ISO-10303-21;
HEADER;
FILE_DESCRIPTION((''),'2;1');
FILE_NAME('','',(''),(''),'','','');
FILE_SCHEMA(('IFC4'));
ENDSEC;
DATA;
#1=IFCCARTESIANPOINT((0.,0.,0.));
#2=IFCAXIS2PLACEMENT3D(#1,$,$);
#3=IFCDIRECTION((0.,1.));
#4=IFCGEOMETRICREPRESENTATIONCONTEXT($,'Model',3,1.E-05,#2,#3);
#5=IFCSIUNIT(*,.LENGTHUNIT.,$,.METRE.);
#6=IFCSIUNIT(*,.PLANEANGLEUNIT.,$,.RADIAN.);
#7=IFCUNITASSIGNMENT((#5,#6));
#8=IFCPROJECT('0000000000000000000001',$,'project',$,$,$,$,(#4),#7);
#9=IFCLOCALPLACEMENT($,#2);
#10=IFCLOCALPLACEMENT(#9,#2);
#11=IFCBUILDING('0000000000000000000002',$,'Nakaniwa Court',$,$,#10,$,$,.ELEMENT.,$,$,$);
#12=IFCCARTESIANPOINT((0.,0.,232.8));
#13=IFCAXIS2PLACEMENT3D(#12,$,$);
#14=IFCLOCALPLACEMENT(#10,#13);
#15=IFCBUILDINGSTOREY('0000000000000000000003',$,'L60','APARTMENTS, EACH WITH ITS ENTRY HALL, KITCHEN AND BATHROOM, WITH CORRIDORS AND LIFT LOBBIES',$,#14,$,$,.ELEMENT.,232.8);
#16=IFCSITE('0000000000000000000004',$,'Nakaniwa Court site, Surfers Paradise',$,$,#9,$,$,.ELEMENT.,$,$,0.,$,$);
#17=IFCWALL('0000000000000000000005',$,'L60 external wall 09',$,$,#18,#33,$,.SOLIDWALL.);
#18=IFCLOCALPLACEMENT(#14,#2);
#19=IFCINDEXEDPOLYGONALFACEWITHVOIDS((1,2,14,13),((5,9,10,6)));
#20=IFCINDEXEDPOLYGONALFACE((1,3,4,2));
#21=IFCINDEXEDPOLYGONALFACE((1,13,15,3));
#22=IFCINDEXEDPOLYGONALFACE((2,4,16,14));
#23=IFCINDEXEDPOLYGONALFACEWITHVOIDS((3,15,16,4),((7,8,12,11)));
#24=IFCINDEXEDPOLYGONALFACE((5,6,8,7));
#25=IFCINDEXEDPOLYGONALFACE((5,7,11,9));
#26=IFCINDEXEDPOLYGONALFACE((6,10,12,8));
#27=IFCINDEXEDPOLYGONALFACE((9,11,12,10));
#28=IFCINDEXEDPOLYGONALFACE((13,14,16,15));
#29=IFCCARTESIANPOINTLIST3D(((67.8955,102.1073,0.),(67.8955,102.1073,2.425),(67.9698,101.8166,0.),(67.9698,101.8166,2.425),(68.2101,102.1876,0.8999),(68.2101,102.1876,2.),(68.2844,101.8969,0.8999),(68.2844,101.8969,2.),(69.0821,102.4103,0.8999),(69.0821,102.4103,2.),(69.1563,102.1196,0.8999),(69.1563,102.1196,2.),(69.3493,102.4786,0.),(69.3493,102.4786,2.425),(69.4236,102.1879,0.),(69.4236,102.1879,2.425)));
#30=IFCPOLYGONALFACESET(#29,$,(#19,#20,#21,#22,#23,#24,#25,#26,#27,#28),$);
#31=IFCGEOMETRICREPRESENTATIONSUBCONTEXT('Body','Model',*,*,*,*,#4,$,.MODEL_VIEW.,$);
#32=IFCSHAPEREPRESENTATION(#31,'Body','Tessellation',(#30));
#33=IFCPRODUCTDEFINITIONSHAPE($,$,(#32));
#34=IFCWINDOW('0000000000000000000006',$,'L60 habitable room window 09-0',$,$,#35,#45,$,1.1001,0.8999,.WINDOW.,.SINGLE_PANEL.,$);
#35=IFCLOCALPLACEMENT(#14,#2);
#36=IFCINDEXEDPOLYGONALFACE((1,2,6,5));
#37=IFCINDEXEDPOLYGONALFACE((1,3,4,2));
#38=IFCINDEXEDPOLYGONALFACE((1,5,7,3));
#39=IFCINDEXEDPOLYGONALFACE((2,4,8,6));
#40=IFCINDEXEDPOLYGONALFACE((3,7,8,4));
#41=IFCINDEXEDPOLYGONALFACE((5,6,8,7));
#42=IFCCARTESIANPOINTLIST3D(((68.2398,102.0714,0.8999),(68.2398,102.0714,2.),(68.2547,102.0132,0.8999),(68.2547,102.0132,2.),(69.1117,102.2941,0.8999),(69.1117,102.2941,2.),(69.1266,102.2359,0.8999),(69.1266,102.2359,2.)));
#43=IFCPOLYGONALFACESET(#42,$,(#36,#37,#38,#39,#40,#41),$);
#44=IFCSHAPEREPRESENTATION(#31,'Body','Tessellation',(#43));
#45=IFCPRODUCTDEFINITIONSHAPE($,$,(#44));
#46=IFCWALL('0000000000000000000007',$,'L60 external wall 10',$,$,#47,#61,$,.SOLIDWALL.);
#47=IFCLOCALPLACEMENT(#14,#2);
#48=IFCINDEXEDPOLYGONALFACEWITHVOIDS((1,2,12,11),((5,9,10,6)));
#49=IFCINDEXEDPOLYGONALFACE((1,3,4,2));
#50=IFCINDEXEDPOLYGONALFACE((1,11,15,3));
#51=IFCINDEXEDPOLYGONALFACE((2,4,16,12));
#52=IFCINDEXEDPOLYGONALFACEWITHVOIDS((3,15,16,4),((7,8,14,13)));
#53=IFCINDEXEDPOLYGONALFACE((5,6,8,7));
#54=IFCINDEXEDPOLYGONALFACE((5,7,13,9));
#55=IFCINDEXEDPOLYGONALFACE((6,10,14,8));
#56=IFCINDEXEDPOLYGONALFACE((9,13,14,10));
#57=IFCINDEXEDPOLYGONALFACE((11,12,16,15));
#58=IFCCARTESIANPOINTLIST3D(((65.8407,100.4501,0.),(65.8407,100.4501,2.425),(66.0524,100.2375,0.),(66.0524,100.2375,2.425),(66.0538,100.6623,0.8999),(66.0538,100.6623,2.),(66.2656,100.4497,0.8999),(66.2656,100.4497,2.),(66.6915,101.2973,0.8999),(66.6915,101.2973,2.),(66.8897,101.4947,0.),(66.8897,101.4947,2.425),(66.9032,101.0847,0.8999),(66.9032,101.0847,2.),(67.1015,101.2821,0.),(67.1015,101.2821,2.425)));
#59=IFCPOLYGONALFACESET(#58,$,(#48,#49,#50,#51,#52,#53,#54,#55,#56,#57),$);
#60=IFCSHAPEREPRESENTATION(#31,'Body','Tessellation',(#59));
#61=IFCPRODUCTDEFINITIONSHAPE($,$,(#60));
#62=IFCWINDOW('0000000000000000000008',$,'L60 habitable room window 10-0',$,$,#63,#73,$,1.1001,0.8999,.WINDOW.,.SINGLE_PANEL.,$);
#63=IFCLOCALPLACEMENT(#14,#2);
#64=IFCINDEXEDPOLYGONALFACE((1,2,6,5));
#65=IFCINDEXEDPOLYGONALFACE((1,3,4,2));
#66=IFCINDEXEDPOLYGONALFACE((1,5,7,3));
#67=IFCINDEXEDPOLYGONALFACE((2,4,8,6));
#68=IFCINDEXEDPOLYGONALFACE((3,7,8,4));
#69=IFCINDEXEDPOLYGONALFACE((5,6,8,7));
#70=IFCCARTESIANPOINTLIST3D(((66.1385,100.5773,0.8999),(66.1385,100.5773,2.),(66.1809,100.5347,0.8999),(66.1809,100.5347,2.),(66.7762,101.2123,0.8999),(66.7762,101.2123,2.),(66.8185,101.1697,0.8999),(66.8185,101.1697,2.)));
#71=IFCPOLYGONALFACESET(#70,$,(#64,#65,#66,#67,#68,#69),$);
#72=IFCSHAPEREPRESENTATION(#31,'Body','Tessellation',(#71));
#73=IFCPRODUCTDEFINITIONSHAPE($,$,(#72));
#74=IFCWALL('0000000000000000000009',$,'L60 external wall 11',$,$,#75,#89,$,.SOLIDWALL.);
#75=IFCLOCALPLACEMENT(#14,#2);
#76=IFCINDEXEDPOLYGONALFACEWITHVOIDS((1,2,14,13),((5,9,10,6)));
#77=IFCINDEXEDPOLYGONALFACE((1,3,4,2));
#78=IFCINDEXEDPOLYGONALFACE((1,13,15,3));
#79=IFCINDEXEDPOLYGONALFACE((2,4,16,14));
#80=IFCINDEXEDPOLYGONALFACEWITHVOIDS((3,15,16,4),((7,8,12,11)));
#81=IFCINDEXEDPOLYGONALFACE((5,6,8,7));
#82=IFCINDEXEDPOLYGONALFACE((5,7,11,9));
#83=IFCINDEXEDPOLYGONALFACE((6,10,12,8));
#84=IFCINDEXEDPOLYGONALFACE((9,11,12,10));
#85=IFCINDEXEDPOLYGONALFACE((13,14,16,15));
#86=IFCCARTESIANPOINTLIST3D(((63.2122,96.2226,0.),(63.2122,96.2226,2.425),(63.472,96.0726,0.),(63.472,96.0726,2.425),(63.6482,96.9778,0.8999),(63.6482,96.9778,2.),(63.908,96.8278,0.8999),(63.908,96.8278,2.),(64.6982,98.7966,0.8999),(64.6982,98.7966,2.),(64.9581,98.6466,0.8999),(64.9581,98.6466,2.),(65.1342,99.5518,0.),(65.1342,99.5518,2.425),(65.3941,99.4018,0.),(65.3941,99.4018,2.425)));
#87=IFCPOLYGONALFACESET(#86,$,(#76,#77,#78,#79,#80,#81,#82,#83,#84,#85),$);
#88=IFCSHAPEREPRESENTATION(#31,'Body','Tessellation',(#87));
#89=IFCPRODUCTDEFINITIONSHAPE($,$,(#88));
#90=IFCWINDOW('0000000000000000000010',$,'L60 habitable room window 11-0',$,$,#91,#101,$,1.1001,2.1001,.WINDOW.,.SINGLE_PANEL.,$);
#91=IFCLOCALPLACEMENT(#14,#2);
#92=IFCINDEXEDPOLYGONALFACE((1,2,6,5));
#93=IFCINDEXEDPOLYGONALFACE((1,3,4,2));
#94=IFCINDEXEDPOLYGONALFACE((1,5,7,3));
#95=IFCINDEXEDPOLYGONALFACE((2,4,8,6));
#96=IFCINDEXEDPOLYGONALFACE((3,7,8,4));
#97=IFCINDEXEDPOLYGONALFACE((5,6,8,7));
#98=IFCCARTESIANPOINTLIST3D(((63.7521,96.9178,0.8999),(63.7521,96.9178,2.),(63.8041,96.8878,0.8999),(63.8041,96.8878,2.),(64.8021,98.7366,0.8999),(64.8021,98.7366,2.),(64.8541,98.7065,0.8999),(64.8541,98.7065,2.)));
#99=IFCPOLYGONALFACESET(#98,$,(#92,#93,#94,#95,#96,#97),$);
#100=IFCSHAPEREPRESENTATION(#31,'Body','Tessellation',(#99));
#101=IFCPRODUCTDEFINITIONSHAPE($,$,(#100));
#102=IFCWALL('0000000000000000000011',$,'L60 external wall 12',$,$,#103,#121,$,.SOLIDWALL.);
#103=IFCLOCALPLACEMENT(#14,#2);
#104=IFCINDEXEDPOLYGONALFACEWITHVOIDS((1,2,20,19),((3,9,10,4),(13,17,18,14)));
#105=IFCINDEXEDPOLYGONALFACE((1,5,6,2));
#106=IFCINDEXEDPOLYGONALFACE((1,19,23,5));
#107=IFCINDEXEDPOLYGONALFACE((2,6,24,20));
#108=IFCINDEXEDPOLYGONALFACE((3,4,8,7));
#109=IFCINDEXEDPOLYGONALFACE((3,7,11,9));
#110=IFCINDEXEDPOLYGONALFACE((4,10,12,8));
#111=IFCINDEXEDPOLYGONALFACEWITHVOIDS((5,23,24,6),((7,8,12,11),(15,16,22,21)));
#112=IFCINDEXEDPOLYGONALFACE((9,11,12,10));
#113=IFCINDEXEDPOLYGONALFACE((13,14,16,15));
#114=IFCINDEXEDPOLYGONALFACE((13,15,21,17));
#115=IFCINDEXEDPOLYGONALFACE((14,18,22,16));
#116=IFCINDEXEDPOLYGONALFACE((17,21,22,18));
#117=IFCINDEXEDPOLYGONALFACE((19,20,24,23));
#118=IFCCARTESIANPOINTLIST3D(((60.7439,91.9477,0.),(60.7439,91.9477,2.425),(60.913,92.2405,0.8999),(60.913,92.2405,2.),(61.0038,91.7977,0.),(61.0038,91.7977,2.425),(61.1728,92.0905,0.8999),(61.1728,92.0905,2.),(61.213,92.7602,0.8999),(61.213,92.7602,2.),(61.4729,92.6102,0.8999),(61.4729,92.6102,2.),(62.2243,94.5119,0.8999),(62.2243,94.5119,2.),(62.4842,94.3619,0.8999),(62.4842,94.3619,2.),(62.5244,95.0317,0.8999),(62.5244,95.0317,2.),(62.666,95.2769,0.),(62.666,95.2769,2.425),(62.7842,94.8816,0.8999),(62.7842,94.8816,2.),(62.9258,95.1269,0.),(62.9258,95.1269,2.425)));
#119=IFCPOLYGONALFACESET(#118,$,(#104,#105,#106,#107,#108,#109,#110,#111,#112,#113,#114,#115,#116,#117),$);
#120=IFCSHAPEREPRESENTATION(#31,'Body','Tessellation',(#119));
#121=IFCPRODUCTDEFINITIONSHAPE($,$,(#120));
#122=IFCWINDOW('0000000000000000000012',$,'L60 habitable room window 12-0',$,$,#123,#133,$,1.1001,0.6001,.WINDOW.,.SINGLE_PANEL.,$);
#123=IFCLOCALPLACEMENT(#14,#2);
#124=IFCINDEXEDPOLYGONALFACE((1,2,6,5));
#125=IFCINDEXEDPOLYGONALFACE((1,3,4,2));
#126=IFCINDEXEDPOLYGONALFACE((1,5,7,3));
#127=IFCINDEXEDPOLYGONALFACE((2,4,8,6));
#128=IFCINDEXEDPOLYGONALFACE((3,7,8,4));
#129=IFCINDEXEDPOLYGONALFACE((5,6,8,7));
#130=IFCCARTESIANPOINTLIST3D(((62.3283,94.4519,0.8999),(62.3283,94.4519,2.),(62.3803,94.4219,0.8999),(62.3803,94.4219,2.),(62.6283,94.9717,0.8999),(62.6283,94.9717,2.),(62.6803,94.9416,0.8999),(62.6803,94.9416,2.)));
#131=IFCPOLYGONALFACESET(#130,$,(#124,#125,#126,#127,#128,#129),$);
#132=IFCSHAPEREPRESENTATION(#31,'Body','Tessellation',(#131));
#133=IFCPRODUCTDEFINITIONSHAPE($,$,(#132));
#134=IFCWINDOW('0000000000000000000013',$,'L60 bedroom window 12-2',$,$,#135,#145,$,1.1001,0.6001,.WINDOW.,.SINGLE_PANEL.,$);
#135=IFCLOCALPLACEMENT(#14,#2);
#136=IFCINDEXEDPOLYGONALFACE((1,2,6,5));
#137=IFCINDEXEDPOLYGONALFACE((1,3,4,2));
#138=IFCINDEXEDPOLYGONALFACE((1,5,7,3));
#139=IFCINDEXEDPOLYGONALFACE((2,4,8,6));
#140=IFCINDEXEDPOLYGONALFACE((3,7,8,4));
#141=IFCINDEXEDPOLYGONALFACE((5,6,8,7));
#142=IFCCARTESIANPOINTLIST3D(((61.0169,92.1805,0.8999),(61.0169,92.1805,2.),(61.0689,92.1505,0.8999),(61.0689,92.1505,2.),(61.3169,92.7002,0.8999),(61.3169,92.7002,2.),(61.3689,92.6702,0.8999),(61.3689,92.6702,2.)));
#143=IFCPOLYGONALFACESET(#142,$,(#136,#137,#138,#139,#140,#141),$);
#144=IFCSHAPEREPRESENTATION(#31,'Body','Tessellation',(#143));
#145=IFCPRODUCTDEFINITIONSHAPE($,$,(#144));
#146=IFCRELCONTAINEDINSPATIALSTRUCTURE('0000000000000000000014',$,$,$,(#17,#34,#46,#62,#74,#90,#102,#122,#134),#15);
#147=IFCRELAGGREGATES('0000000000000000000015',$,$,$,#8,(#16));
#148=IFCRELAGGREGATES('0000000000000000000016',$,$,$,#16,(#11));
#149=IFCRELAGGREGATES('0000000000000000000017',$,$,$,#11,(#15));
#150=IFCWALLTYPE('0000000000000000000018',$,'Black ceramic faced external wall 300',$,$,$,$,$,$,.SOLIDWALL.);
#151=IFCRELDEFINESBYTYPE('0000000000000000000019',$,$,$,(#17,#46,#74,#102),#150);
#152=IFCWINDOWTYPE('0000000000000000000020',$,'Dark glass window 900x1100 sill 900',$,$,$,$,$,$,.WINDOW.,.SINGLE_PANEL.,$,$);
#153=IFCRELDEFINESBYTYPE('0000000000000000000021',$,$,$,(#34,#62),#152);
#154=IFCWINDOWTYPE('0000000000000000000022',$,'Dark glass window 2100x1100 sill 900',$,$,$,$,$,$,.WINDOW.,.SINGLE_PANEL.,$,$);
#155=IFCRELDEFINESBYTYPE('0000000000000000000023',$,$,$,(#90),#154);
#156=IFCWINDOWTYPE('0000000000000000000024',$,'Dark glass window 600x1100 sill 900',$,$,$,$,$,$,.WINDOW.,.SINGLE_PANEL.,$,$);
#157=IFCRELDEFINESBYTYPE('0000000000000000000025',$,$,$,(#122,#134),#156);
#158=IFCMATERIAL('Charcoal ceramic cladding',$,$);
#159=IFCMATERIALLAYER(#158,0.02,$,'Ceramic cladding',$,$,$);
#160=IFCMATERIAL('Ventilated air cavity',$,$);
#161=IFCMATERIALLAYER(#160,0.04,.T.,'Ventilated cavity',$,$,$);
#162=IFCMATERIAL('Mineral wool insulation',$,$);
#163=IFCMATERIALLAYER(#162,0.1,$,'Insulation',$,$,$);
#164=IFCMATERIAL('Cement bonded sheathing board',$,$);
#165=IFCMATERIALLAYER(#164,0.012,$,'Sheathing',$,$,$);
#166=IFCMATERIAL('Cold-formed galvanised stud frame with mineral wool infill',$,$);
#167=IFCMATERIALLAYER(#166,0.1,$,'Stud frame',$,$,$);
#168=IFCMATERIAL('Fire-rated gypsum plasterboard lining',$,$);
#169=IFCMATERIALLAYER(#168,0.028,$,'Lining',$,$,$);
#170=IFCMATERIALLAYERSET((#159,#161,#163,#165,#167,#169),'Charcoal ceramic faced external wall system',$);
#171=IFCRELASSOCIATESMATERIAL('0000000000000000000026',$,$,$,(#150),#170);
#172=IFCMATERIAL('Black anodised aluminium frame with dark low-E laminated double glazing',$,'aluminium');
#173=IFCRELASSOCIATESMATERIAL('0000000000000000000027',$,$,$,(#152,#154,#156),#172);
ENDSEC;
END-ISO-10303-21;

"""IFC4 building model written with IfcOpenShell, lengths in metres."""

from ifc_helpers import new_model, si_unit, direction, frame, frame_2d, origin, place, context, subcontext, project, spatial, rectangle, extrude, material, layer, layer_set, type_object, element, fill, save


model = new_model("IFC4")

# Units and contexts
model_context = context("Model", 3, precision=1e-05, world=origin(), true_north=direction((0.0, 1.0)))
body_context = subcontext(model_context, "Body", "Model", "MODEL_VIEW")
ifc_project = project(units=[si_unit("LENGTHUNIT", "METRE"), si_unit("PLANEANGLEUNIT", "RADIAN")], contexts=[model_context])

# Site, building, storey
site_placement = place(None, origin())
site = spatial("IfcSite", under=ifc_project, at=site_placement, Name="Nakaniwa Court site, Surfers Paradise", CompositionType="ELEMENT", RefElevation=0.0)
building_placement = place(site_placement, origin())
building = spatial("IfcBuilding", under=site, at=building_placement, Name="Nakaniwa Court", CompositionType="ELEMENT")
storey_placement = place(building_placement, frame((0.0, 0.0, 232.8)))
storey = spatial("IfcBuildingStorey", under=building, at=storey_placement, Name="L60", Description="APARTMENTS, EACH WITH ITS ENTRY HALL, KITCHEN AND BATHROOM, WITH CORRIDORS AND LIFT LOBBIES", CompositionType="ELEMENT", Elevation=232.8)

# Walls, openings, windows
ifc_material_1 = material(Name="Charcoal ceramic cladding")
ifc_layer_1 = layer(ifc_material_1, 0.02, Name="Ceramic cladding")
ifc_material_2 = material(Name="Ventilated air cavity")
ifc_layer_2 = layer(ifc_material_2, 0.04, ventilated=True, Name="Ventilated cavity")
ifc_material_3 = material(Name="Mineral wool insulation")
ifc_layer_3 = layer(ifc_material_3, 0.1, Name="Insulation")
ifc_material_4 = material(Name="Cement bonded sheathing board")
ifc_layer_4 = layer(ifc_material_4, 0.012, Name="Sheathing")
ifc_material_5 = material(Name="Cold-formed galvanised stud frame with mineral wool infill")
ifc_layer_5 = layer(ifc_material_5, 0.1, Name="Stud frame")
ifc_material_6 = material(Name="Fire-rated gypsum plasterboard lining")
ifc_layer_6 = layer(ifc_material_6, 0.028, Name="Lining")
ifc_layer_set_1 = layer_set([ifc_layer_1, ifc_layer_2, ifc_layer_3, ifc_layer_4, ifc_layer_5, ifc_layer_6], Name="Charcoal ceramic faced external wall system")
wall_type_1 = type_object("IfcWallType", Name="Black ceramic faced external wall 300", PredefinedType="SOLIDWALL", material=ifc_layer_set_1)
wall_1_placement = place(storey_placement, frame((69.3865, 102.3333, 0.0), z_axis=(0.0, 0.0, 1.0), x_axis=(-0.968895, -0.247471, 0.0)))
wall_1 = element("IfcWall", 1, at=wall_1_placement, inside=storey, type_object=wall_type_1, Name="L60 external wall 09", PredefinedType="SOLIDWALL", context=body_context, shape_type="SweptSolid", body=[
    extrude(rectangle(XDim=1.5005, YDim=0.3, at=frame_2d((0.7502, 0.0))), origin(), (0.0, 0.0, 1.0), 2.425),
])
opening_1_placement = place(wall_1_placement, frame((0.2759, 0.0, 0.8999)))
opening_1 = element("IfcOpeningElement", 2, at=opening_1_placement, cuts=wall_1, PredefinedType="OPENING", context=body_context, shape_type="SweptSolid", body=[
    extrude(rectangle(XDim=0.8999, YDim=1.1001, at=frame_2d((0.45, 0.55))), frame((0.0, 0.1599, 0.0), z_axis=(0.0, -1.0, 0.0), x_axis=(1.0, 0.0, 0.0)), (0.0, 0.0, 1.0), 0.3201),
])
ifc_material_7 = material(Name="Black anodised aluminium frame with dark low-E laminated double glazing", Category="aluminium")
window_type_1 = type_object("IfcWindowType", Name="Dark glass window 900x1100 sill 900", PartitioningType="SINGLE_PANEL", PredefinedType="WINDOW", material=ifc_material_7)
window_1_placement = place(opening_1_placement, origin())
window_1 = element("IfcWindow", 3, at=window_1_placement, inside=storey, type_object=window_type_1, Name="L60 habitable room window 09-0", OverallHeight=1.1001, OverallWidth=0.8999, PartitioningType="SINGLE_PANEL", PredefinedType="WINDOW", context=body_context, shape_type="SweptSolid", body=[
    extrude(rectangle(XDim=0.8999, YDim=1.1001, at=frame_2d((0.45, 0.55))), frame((0.0, 0.03, 0.0), z_axis=(0.0, -1.0, 0.0), x_axis=(1.0, 0.0, 0.0)), (0.0, 0.0, 1.0), 0.0601),
])
fill(opening_1, window_1)
wall_2_placement = place(storey_placement, frame((66.9956, 101.3884, 0.0), z_axis=(0.0, 0.0, 1.0), x_axis=(-0.708589, -0.705621, 0.0)))
wall_2 = element("IfcWall", 4, at=wall_2_placement, inside=storey, type_object=wall_type_1, Name="L60 external wall 10", PredefinedType="SOLIDWALL", context=body_context, shape_type="SweptSolid", body=[
    extrude(rectangle(XDim=1.4805, YDim=0.3, at=frame_2d((0.7402, 0.0))), origin(), (0.0, 0.0, 1.0), 2.425),
])
opening_2_placement = place(wall_2_placement, frame((0.2798, 0.0, 0.8999)))
opening_2 = element("IfcOpeningElement", 5, at=opening_2_placement, cuts=wall_2, PredefinedType="OPENING", context=body_context, shape_type="SweptSolid", body=[
    extrude(rectangle(XDim=0.8999, YDim=1.1001, at=frame_2d((0.45, 0.55))), frame((0.0, 0.1599, 0.0), z_axis=(0.0, -1.0, 0.0), x_axis=(1.0, 0.0, 0.0)), (0.0, 0.0, 1.0), 0.3201),
])
window_2_placement = place(opening_2_placement, origin())
window_2 = element("IfcWindow", 6, at=window_2_placement, inside=storey, type_object=window_type_1, Name="L60 habitable room window 10-0", OverallHeight=1.1001, OverallWidth=0.8999, PartitioningType="SINGLE_PANEL", PredefinedType="WINDOW", context=body_context, shape_type="SweptSolid", body=[
    extrude(rectangle(XDim=0.8999, YDim=1.1001, at=frame_2d((0.45, 0.55))), frame((0.0, 0.03, 0.0), z_axis=(0.0, -1.0, 0.0), x_axis=(1.0, 0.0, 0.0)), (0.0, 0.0, 1.0), 0.0601),
])
fill(opening_2, window_2)
wall_3_placement = place(storey_placement, frame((65.2642, 99.4768, 0.0), z_axis=(0.0, 0.0, 1.0), x_axis=(-0.499984, -0.866034, 0.0)))
wall_3 = element("IfcWall", 7, at=wall_3_placement, inside=storey, type_object=wall_type_1, Name="L60 external wall 11", PredefinedType="SOLIDWALL", context=body_context, shape_type="SweptSolid", body=[
    extrude(rectangle(XDim=3.8442, YDim=0.3, at=frame_2d((1.9221, 0.0))), origin(), (0.0, 0.0, 1.0), 2.425),
])
opening_3_placement = place(wall_3_placement, frame((0.8721, 0.0, 0.8999)))
opening_3 = element("IfcOpeningElement", 8, at=opening_3_placement, cuts=wall_3, PredefinedType="OPENING", context=body_context, shape_type="SweptSolid", body=[
    extrude(rectangle(XDim=2.1001, YDim=1.1001, at=frame_2d((1.05, 0.55))), frame((0.0, 0.1599, 0.0), z_axis=(0.0, -1.0, 0.0), x_axis=(1.0, 0.0, 0.0)), (0.0, 0.0, 1.0), 0.3201),
])
window_type_2 = type_object("IfcWindowType", Name="Dark glass window 2100x1100 sill 900", PartitioningType="SINGLE_PANEL", PredefinedType="WINDOW", material=ifc_material_7)
window_3_placement = place(opening_3_placement, origin())
window_3 = element("IfcWindow", 9, at=window_3_placement, inside=storey, type_object=window_type_2, Name="L60 habitable room window 11-0", OverallHeight=1.1001, OverallWidth=2.1001, PartitioningType="SINGLE_PANEL", PredefinedType="WINDOW", context=body_context, shape_type="SweptSolid", body=[
    extrude(rectangle(XDim=2.1001, YDim=1.1001, at=frame_2d((1.05, 0.55))), frame((0.0, 0.03, 0.0), z_axis=(0.0, -1.0, 0.0), x_axis=(1.0, 0.0, 0.0)), (0.0, 0.0, 1.0), 0.0601),
])
fill(opening_3, window_3)

# Wall, openings, windows
wall_4_placement = place(storey_placement, frame((62.7959, 95.2019, 0.0), z_axis=(0.0, 0.0, 1.0), x_axis=(-0.499984, -0.866034, 0.0)))
wall_4 = element("IfcWall", 10, at=wall_4_placement, inside=storey, type_object=wall_type_1, Name="L60 external wall 12", PredefinedType="SOLIDWALL", context=body_context, shape_type="SweptSolid", body=[
    extrude(rectangle(XDim=3.8442, YDim=0.3, at=frame_2d((1.9221, 0.0))), origin(), (0.0, 0.0, 1.0), 2.425),
])
opening_4_placement = place(wall_4_placement, frame((0.2832, 0.0, 0.8999)))
opening_4 = element("IfcOpeningElement", 11, at=opening_4_placement, cuts=wall_4, PredefinedType="OPENING", context=body_context, shape_type="SweptSolid", body=[
    extrude(rectangle(XDim=0.6001, YDim=1.1001, at=frame_2d((0.3, 0.55))), frame((0.0, 0.1599, 0.0), z_axis=(0.0, -1.0, 0.0), x_axis=(1.0, 0.0, 0.0)), (0.0, 0.0, 1.0), 0.3201),
])
opening_5_placement = place(wall_4_placement, frame((2.906, 0.0, 0.8999)))
opening_5 = element("IfcOpeningElement", 12, at=opening_5_placement, cuts=wall_4, PredefinedType="OPENING", context=body_context, shape_type="SweptSolid", body=[
    extrude(rectangle(XDim=0.6001, YDim=1.1001, at=frame_2d((0.3, 0.55))), frame((0.0, 0.1599, 0.0), z_axis=(0.0, -1.0, 0.0), x_axis=(1.0, 0.0, 0.0)), (0.0, 0.0, 1.0), 0.3201),
])
window_type_3 = type_object("IfcWindowType", Name="Dark glass window 600x1100 sill 900", PartitioningType="SINGLE_PANEL", PredefinedType="WINDOW", material=ifc_material_7)
window_4_placement = place(opening_4_placement, origin())
window_4 = element("IfcWindow", 13, at=window_4_placement, inside=storey, type_object=window_type_3, Name="L60 habitable room window 12-0", OverallHeight=1.1001, OverallWidth=0.6001, PartitioningType="SINGLE_PANEL", PredefinedType="WINDOW", context=body_context, shape_type="SweptSolid", body=[
    extrude(rectangle(XDim=0.6001, YDim=1.1001, at=frame_2d((0.3, 0.55))), frame((0.0, 0.03, 0.0), z_axis=(0.0, -1.0, 0.0), x_axis=(1.0, 0.0, 0.0)), (0.0, 0.0, 1.0), 0.0601),
])
fill(opening_4, window_4)
window_5_placement = place(opening_5_placement, origin())
window_5 = element("IfcWindow", 14, at=window_5_placement, inside=storey, type_object=window_type_3, Name="L60 bedroom window 12-2", OverallHeight=1.1001, OverallWidth=0.6001, PartitioningType="SINGLE_PANEL", PredefinedType="WINDOW", context=body_context, shape_type="SweptSolid", body=[
    extrude(rectangle(XDim=0.6001, YDim=1.1001, at=frame_2d((0.3, 0.55))), frame((0.0, 0.03, 0.0), z_axis=(0.0, -1.0, 0.0), x_axis=(1.0, 0.0, 0.0)), (0.0, 0.0, 1.0), 0.0601),
])
fill(opening_5, window_5)

save(model, "model.ifc")
